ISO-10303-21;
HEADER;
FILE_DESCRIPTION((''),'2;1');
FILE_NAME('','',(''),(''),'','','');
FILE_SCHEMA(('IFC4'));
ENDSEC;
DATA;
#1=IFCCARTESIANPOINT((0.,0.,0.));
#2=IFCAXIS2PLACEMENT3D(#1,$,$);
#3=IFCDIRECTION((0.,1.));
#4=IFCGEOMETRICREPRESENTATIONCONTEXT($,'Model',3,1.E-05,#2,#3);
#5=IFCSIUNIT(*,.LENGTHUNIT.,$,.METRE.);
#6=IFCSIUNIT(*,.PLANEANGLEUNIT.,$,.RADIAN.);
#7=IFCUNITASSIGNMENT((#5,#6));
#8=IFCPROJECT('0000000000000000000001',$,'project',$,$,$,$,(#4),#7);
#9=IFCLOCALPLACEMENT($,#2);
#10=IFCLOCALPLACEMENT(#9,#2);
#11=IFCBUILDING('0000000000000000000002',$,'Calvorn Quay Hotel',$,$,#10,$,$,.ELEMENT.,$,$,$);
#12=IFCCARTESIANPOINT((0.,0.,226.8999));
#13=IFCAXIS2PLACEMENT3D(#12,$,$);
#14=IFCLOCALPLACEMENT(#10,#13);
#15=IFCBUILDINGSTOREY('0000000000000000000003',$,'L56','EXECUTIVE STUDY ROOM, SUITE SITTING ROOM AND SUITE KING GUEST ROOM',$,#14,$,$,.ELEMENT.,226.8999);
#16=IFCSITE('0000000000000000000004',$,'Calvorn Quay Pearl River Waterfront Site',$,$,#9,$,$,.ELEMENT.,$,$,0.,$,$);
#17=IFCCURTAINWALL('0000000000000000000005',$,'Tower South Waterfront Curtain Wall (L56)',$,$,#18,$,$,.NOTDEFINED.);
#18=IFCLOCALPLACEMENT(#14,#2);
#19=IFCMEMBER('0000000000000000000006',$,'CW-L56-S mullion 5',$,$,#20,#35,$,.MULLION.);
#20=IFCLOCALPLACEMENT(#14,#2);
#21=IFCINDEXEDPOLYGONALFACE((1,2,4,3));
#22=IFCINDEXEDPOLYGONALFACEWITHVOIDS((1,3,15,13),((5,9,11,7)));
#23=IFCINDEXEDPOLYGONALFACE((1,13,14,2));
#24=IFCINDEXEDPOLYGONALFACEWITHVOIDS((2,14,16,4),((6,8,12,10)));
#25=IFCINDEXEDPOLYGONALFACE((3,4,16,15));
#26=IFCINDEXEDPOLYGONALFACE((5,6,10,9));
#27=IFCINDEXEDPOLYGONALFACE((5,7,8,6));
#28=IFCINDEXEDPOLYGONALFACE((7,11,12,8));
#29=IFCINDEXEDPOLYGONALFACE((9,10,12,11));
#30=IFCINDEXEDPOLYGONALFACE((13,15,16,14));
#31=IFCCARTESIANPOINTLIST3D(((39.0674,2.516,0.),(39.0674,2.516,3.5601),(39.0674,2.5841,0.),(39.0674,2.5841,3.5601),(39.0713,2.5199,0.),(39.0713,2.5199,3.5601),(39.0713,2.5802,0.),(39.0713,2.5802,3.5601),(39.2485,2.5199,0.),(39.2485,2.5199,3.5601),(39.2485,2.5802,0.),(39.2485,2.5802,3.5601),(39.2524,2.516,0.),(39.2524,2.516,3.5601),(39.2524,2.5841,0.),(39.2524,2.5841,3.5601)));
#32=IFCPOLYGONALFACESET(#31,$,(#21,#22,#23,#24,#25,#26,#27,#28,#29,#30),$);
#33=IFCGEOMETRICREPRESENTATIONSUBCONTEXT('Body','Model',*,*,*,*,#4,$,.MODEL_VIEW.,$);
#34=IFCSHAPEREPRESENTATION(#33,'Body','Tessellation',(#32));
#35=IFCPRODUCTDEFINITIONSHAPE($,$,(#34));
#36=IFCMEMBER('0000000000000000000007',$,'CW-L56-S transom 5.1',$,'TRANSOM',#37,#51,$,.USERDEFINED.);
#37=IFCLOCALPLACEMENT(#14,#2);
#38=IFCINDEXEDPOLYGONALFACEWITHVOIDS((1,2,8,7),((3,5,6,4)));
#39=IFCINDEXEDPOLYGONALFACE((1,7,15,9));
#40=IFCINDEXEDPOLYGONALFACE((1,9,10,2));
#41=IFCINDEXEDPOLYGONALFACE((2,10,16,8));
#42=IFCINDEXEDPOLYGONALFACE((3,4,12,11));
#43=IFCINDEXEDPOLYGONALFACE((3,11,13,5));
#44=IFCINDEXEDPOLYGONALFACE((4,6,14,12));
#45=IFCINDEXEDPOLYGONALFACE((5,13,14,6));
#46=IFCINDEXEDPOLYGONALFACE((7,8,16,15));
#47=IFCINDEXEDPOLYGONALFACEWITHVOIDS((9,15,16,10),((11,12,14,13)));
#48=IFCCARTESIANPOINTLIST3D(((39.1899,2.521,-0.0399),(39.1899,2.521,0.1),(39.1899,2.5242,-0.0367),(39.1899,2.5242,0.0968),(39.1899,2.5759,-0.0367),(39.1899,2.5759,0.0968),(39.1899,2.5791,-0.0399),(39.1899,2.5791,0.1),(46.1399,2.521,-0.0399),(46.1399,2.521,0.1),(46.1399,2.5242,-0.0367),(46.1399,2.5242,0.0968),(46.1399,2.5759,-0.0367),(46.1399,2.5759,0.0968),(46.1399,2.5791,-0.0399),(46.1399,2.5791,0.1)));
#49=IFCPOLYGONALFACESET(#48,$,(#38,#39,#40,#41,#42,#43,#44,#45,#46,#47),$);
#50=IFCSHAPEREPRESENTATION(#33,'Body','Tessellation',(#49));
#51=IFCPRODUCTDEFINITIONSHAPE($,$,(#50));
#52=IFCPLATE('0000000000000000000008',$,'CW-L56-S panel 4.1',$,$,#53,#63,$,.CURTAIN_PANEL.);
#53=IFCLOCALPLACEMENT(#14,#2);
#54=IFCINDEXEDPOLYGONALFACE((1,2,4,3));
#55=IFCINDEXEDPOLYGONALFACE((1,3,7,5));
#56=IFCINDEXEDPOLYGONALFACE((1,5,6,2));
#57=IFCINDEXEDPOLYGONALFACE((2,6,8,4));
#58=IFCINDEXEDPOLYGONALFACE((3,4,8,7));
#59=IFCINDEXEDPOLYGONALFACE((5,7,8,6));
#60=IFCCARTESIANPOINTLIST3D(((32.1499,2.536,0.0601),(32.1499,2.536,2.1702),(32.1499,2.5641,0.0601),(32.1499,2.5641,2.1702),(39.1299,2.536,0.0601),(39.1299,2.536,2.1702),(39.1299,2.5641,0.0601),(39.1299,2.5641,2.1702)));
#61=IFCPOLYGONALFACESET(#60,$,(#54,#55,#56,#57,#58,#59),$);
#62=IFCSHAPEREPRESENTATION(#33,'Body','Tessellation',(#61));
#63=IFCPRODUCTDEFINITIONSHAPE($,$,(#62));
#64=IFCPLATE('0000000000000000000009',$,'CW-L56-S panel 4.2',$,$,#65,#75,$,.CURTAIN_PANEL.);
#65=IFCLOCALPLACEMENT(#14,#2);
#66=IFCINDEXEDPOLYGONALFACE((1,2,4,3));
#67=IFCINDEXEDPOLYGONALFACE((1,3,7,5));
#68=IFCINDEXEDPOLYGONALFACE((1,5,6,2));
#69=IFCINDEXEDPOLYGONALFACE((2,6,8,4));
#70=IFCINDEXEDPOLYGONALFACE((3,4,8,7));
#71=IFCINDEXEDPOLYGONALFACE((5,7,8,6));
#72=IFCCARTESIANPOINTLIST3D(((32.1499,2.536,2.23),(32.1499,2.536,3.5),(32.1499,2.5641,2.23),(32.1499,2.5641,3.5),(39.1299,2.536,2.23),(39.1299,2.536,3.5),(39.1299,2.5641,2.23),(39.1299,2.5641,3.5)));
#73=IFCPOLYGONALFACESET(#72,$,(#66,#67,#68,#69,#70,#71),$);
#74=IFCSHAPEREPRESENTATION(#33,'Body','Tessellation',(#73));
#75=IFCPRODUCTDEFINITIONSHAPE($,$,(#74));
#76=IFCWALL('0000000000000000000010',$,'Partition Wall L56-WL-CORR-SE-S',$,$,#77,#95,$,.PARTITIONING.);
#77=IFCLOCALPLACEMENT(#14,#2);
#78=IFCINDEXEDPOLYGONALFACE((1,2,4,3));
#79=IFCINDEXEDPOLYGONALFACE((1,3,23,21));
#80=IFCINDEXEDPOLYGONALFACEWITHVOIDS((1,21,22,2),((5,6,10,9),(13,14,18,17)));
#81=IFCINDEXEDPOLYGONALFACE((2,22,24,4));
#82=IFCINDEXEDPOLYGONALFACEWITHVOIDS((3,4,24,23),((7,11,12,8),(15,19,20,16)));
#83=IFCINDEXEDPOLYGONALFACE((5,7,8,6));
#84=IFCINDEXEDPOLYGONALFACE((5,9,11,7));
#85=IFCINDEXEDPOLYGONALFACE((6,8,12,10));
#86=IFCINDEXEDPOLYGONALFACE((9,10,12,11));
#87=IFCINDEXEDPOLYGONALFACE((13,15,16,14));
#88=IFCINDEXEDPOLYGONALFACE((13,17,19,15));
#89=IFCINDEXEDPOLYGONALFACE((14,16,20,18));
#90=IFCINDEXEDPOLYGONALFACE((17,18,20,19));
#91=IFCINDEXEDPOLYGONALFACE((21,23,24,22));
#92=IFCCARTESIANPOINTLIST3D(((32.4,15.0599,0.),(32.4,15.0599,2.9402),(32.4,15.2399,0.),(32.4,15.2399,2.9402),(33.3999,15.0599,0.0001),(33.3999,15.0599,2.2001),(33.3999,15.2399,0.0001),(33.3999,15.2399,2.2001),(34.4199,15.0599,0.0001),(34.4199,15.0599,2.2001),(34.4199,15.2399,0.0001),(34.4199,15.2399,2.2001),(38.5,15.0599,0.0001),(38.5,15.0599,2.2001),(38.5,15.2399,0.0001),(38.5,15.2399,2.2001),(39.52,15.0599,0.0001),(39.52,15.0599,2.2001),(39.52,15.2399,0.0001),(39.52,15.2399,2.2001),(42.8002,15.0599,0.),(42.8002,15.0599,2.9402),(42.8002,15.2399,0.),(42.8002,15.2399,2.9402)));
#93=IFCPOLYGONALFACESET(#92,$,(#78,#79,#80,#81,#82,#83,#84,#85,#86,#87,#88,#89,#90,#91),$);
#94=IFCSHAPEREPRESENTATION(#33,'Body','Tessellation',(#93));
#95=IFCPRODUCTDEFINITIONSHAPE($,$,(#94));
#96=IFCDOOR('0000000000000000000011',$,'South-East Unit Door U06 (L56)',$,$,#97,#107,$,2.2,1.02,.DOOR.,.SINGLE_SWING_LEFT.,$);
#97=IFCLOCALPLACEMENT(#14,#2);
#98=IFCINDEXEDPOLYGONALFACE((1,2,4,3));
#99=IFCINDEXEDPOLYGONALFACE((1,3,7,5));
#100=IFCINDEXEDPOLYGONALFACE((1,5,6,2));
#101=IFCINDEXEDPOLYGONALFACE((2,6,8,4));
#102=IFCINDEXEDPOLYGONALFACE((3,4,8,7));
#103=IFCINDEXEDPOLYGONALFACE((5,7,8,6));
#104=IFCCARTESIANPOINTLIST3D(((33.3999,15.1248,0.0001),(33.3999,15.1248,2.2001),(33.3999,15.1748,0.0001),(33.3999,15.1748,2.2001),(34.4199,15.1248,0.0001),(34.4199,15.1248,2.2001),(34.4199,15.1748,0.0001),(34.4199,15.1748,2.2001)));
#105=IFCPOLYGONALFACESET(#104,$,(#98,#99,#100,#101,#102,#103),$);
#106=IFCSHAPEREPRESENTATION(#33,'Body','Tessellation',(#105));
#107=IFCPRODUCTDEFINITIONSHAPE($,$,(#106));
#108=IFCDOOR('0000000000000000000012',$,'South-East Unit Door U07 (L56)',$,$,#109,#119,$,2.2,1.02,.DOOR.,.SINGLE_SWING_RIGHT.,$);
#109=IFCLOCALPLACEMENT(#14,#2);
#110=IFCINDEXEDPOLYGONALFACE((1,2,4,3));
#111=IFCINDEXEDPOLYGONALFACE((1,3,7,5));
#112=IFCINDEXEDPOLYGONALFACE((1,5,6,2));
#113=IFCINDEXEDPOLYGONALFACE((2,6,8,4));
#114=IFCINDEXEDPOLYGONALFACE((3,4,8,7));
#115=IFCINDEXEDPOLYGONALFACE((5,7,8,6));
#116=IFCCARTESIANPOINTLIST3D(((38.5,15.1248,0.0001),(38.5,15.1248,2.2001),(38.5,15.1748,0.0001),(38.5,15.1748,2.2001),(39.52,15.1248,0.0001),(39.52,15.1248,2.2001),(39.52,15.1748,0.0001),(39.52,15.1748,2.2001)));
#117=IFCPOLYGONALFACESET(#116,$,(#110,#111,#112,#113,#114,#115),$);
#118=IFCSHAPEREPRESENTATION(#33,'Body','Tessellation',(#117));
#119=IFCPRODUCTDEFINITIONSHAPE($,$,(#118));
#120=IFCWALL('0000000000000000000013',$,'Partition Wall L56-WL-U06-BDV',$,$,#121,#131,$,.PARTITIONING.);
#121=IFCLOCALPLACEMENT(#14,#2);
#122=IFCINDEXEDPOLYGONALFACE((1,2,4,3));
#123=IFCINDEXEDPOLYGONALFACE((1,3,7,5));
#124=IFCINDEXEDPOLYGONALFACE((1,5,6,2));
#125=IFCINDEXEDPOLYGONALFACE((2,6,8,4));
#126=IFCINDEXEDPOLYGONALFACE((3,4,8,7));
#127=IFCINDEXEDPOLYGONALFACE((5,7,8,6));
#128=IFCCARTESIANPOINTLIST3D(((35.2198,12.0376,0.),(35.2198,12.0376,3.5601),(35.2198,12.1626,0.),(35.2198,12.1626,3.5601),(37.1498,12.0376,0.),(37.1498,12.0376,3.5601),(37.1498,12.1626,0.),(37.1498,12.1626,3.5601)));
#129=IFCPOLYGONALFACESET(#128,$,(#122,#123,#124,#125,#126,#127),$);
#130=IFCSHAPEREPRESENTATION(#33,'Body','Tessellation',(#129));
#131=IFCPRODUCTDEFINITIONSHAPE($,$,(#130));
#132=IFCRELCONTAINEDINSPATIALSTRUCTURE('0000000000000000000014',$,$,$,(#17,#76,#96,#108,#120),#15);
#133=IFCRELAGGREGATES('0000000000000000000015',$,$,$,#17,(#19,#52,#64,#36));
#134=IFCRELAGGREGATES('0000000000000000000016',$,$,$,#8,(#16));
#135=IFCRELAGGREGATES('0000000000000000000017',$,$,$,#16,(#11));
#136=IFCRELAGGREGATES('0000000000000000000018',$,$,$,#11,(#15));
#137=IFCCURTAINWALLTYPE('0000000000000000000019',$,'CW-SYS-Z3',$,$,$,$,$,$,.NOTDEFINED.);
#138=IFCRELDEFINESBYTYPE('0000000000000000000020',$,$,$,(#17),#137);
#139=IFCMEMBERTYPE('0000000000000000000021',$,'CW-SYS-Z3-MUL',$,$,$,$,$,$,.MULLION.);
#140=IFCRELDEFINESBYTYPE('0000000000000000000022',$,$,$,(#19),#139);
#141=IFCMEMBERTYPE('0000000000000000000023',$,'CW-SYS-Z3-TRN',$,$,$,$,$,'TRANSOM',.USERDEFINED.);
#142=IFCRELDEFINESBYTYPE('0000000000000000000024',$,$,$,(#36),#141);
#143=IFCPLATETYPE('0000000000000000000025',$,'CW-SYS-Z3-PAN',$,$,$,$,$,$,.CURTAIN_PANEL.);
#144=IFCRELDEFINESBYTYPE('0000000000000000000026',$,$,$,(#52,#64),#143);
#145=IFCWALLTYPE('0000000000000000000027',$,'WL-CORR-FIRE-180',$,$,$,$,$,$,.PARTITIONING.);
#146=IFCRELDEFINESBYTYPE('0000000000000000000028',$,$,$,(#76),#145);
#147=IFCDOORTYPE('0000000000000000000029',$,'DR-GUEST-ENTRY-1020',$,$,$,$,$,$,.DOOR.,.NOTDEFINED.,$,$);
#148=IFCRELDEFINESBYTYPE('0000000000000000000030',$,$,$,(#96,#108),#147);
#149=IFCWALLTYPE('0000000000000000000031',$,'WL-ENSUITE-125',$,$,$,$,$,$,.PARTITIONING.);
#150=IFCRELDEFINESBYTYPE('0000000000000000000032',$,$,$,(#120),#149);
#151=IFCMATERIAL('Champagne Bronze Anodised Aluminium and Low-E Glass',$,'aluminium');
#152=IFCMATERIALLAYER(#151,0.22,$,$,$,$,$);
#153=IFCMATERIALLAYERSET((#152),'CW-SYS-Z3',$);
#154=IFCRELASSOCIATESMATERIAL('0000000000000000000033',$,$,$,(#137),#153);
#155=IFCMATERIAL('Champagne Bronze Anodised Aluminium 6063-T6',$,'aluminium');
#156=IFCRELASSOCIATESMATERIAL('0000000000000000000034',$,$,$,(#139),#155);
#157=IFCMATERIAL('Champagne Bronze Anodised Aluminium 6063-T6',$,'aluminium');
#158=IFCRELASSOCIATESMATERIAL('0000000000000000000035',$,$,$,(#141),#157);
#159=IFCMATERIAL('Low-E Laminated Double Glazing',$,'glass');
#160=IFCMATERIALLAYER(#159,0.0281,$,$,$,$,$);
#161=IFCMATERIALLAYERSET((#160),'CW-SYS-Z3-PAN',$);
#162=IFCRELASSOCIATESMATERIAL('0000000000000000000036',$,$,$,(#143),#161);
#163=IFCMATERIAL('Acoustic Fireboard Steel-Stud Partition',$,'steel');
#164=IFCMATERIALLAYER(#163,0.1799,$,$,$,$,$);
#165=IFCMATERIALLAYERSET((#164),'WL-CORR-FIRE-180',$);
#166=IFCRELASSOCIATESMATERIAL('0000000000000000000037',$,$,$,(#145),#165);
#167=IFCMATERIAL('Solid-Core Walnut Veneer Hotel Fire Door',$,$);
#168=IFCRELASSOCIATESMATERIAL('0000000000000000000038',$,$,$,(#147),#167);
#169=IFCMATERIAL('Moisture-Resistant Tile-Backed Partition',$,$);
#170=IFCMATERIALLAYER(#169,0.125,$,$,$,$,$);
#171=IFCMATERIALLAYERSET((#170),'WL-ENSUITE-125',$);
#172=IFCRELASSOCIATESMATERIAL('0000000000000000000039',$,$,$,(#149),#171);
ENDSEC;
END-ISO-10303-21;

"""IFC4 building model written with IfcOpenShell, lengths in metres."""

from ifc_helpers import new_model, si_unit, direction, frame, frame_2d, origin, origin_2d, place, context, subcontext, project, spatial, rectangle, hollow_rectangle, extrude, material, layer, layer_set, material_profile, profile_set, type_object, element, fill, aggregate, save


model = new_model("IFC4")

# Units and contexts
model_context = context("Model", 3, precision=1e-05, world=origin(), true_north=direction((0.0, 1.0)))
body_context = subcontext(model_context, "Body", "Model", "MODEL_VIEW")
ifc_project = project(units=[si_unit("LENGTHUNIT", "METRE"), si_unit("PLANEANGLEUNIT", "RADIAN")], contexts=[model_context])

# Site, building, storey
site_placement = place(None, origin())
site = spatial("IfcSite", under=ifc_project, at=site_placement, Name="Calvorn Quay Pearl River Waterfront Site", CompositionType="ELEMENT", RefElevation=0.0)
building_placement = place(site_placement, origin())
building = spatial("IfcBuilding", under=site, at=building_placement, Name="Calvorn Quay Hotel", CompositionType="ELEMENT")
storey_placement = place(building_placement, frame((0.0, 0.0, 226.8999)))
storey = spatial("IfcBuildingStorey", under=building, at=storey_placement, Name="L56", Description="EXECUTIVE STUDY ROOM, SUITE SITTING ROOM AND SUITE KING GUEST ROOM", CompositionType="ELEMENT", Elevation=226.8999)

# Curtain wall, members, plates
ifc_material_1 = material(Name="Champagne Bronze Anodised Aluminium and Low-E Glass", Category="aluminium")
ifc_layer_1 = layer(ifc_material_1, 0.22)
ifc_layer_set_1 = layer_set([ifc_layer_1], Name="CW-SYS-Z3")
curtain_wall_type = type_object("IfcCurtainWallType", Name="CW-SYS-Z3", PredefinedType="NOTDEFINED", material=ifc_layer_set_1)
curtain_wall_placement = place(storey_placement, origin())
curtain_wall = element("IfcCurtainWall", 1, at=curtain_wall_placement, inside=storey, type_object=curtain_wall_type, Name="Tower South Waterfront Curtain Wall (L56)", PredefinedType="NOTDEFINED")
ifc_material_2 = material(Name="Champagne Bronze Anodised Aluminium 6063-T6", Category="aluminium")
ifc_material_profile_1 = material_profile(ifc_material_2, hollow_rectangle(XDim=0.0681, YDim=0.1851, WallThickness=0.0039, at=origin_2d()), Name="ALU-M185x68x4")
ifc_profile_set_1 = profile_set([ifc_material_profile_1], Name="Champagne Bronze Anodised Aluminium 6063-T6")
member_type_1 = type_object("IfcMemberType", Name="CW-SYS-Z3-MUL", PredefinedType="MULLION", material=ifc_profile_set_1)
member_1_placement = place(storey_placement, frame((39.1599, 2.55, 0.0), z_axis=(0.0, 0.0, 1.0), x_axis=(0.0, 1.0, 0.0)))
member_1 = element("IfcMember", 2, at=member_1_placement, type_object=member_type_1, Name="CW-L56-S mullion 5", PredefinedType="MULLION", context=body_context, shape_type="SweptSolid", body=[
    extrude(hollow_rectangle(XDim=0.0681, YDim=0.1851, WallThickness=0.0039, at=origin_2d()), origin(), (0.0, 0.0, 1.0), 3.5601),
])
ifc_material_3 = material(Name="Champagne Bronze Anodised Aluminium 6063-T6", Category="aluminium")
ifc_material_profile_2 = material_profile(ifc_material_3, hollow_rectangle(XDim=0.0581, YDim=0.1399, WallThickness=0.0032, at=origin_2d()), Name="ALU-T140x58x3.2")
ifc_profile_set_2 = profile_set([ifc_material_profile_2], Name="Champagne Bronze Anodised Aluminium 6063-T6")
member_type_2 = type_object("IfcMemberType", Name="CW-SYS-Z3-TRN", ElementType="TRANSOM", PredefinedType="USERDEFINED", material=ifc_profile_set_2)
member_2_placement = place(storey_placement, frame((39.1899, 2.55, 0.03), z_axis=(1.0, 0.0, 0.0), x_axis=(0.0, 1.0, 0.0)))
member_2 = element("IfcMember", 3, at=member_2_placement, type_object=member_type_2, Name="CW-L56-S transom 5.1", ObjectType="TRANSOM", PredefinedType="USERDEFINED", context=body_context, shape_type="SweptSolid", body=[
    extrude(hollow_rectangle(XDim=0.0581, YDim=0.1399, WallThickness=0.0032, at=origin_2d()), origin(), (0.0, 0.0, 1.0), 6.95),
])
ifc_material_4 = material(Name="Low-E Laminated Double Glazing", Category="glass")
ifc_layer_2 = layer(ifc_material_4, 0.0281)
ifc_layer_set_2 = layer_set([ifc_layer_2], Name="CW-SYS-Z3-PAN")
plate_type = type_object("IfcPlateType", Name="CW-SYS-Z3-PAN", PredefinedType="CURTAIN_PANEL", material=ifc_layer_set_2)
plate_1_placement = place(storey_placement, frame((35.6399, 2.55, 0.0601), z_axis=(0.0, 0.0, 1.0), x_axis=(1.0, 0.0, 0.0)))
plate_1 = element("IfcPlate", 4, at=plate_1_placement, type_object=plate_type, Name="CW-L56-S panel 4.1", PredefinedType="CURTAIN_PANEL", context=body_context, shape_type="SweptSolid", body=[
    extrude(rectangle(XDim=6.98, YDim=0.0281, at=origin_2d()), origin(), (0.0, 0.0, 1.0), 2.1101),
])
plate_2_placement = place(storey_placement, frame((35.6399, 2.55, 2.23), z_axis=(0.0, 0.0, 1.0), x_axis=(1.0, 0.0, 0.0)))
plate_2 = element("IfcPlate", 5, at=plate_2_placement, type_object=plate_type, Name="CW-L56-S panel 4.2", PredefinedType="CURTAIN_PANEL", context=body_context, shape_type="SweptSolid", body=[
    extrude(rectangle(XDim=6.98, YDim=0.0281, at=origin_2d()), origin(), (0.0, 0.0, 1.0), 1.27),
])
aggregate(curtain_wall, [member_1, plate_1, plate_2, member_2])

# Wall, openings, doors
ifc_material_5 = material(Name="Acoustic Fireboard Steel-Stud Partition", Category="steel")
ifc_layer_3 = layer(ifc_material_5, 0.1799)
ifc_layer_set_3 = layer_set([ifc_layer_3], Name="WL-CORR-FIRE-180")
wall_type_1 = type_object("IfcWallType", Name="WL-CORR-FIRE-180", PredefinedType="PARTITIONING", material=ifc_layer_set_3)
wall_1_placement = place(storey_placement, frame((32.3999, 15.1499, 0.0), z_axis=(0.0, 0.0, 1.0), x_axis=(1.0, 0.0, 0.0)))
wall_1 = element("IfcWall", 6, at=wall_1_placement, inside=storey, type_object=wall_type_1, Name="Partition Wall L56-WL-CORR-SE-S", PredefinedType="PARTITIONING", context=body_context, shape_type="SweptSolid", body=[
    extrude(rectangle(XDim=10.4001, YDim=0.1799, at=frame_2d((5.2002, 0.0))), origin(), (0.0, 0.0, 1.0), 2.9402),
])
opening_1_placement = place(wall_1_placement, frame((1.0, 0.0, 0.0)))
opening_1 = element("IfcOpeningElement", 7, at=opening_1_placement, cuts=wall_1, PredefinedType="OPENING", context=body_context, shape_type="SweptSolid", body=[
    extrude(rectangle(XDim=1.02, YDim=2.2, at=frame_2d((0.51, 1.1001))), frame((0.0, 0.0999, 0.0), z_axis=(0.0, -1.0, 0.0), x_axis=(1.0, 0.0, 0.0)), (0.0, 0.0, 1.0), 0.2),
])
opening_2_placement = place(wall_1_placement, frame((6.1001, 0.0, 0.0)))
opening_2 = element("IfcOpeningElement", 8, at=opening_2_placement, cuts=wall_1, PredefinedType="OPENING", context=body_context, shape_type="SweptSolid", body=[
    extrude(rectangle(XDim=1.02, YDim=2.2, at=frame_2d((0.51, 1.1001))), frame((0.0, 0.0999, 0.0), z_axis=(0.0, -1.0, 0.0), x_axis=(1.0, 0.0, 0.0)), (0.0, 0.0, 1.0), 0.2),
])
ifc_material_6 = material(Name="Solid-Core Walnut Veneer Hotel Fire Door")
door_type_1 = type_object("IfcDoorType", Name="DR-GUEST-ENTRY-1020", OperationType="NOTDEFINED", PredefinedType="DOOR", material=ifc_material_6)
door_1_placement = place(opening_1_placement, origin())
door_1 = element("IfcDoor", 9, at=door_1_placement, inside=storey, type_object=door_type_1, Name="South-East Unit Door U06 (L56)", OperationType="SINGLE_SWING_LEFT", OverallHeight=2.2, OverallWidth=1.02, PredefinedType="DOOR", context=body_context, shape_type="SweptSolid", body=[
    extrude(rectangle(XDim=1.02, YDim=2.2, at=frame_2d((0.51, 1.1001))), frame((0.0, 0.0249, 0.0), z_axis=(0.0, -1.0, 0.0), x_axis=(1.0, 0.0, 0.0)), (0.0, 0.0, 1.0), 0.05),
])
fill(opening_1, door_1)
door_2_placement = place(opening_2_placement, origin())
door_2 = element("IfcDoor", 10, at=door_2_placement, inside=storey, type_object=door_type_1, Name="South-East Unit Door U07 (L56)", OperationType="SINGLE_SWING_RIGHT", OverallHeight=2.2, OverallWidth=1.02, PredefinedType="DOOR", context=body_context, shape_type="SweptSolid", body=[
    extrude(rectangle(XDim=1.02, YDim=2.2, at=frame_2d((0.51, 1.1001))), frame((0.0, 0.0249, 0.0), z_axis=(0.0, -1.0, 0.0), x_axis=(1.0, 0.0, 0.0)), (0.0, 0.0, 1.0), 0.05),
])
fill(opening_2, door_2)

# Wall
ifc_material_7 = material(Name="Moisture-Resistant Tile-Backed Partition")
ifc_layer_4 = layer(ifc_material_7, 0.125)
ifc_layer_set_4 = layer_set([ifc_layer_4], Name="WL-ENSUITE-125")
wall_type_2 = type_object("IfcWallType", Name="WL-ENSUITE-125", PredefinedType="PARTITIONING", material=ifc_layer_set_4)
wall_2_placement = place(storey_placement, frame((35.22, 12.1001, 0.0), z_axis=(0.0, 0.0, 1.0), x_axis=(1.0, 0.0, 0.0)))
element("IfcWall", 11, at=wall_2_placement, inside=storey, type_object=wall_type_2, Name="Partition Wall L56-WL-U06-BDV", PredefinedType="PARTITIONING", context=body_context, shape_type="SweptSolid", body=[
    extrude(rectangle(XDim=1.9299, YDim=0.125, at=frame_2d((0.9648, 0.0))), origin(), (0.0, 0.0, 1.0), 3.5601),
])

save(model, "model.ifc")
